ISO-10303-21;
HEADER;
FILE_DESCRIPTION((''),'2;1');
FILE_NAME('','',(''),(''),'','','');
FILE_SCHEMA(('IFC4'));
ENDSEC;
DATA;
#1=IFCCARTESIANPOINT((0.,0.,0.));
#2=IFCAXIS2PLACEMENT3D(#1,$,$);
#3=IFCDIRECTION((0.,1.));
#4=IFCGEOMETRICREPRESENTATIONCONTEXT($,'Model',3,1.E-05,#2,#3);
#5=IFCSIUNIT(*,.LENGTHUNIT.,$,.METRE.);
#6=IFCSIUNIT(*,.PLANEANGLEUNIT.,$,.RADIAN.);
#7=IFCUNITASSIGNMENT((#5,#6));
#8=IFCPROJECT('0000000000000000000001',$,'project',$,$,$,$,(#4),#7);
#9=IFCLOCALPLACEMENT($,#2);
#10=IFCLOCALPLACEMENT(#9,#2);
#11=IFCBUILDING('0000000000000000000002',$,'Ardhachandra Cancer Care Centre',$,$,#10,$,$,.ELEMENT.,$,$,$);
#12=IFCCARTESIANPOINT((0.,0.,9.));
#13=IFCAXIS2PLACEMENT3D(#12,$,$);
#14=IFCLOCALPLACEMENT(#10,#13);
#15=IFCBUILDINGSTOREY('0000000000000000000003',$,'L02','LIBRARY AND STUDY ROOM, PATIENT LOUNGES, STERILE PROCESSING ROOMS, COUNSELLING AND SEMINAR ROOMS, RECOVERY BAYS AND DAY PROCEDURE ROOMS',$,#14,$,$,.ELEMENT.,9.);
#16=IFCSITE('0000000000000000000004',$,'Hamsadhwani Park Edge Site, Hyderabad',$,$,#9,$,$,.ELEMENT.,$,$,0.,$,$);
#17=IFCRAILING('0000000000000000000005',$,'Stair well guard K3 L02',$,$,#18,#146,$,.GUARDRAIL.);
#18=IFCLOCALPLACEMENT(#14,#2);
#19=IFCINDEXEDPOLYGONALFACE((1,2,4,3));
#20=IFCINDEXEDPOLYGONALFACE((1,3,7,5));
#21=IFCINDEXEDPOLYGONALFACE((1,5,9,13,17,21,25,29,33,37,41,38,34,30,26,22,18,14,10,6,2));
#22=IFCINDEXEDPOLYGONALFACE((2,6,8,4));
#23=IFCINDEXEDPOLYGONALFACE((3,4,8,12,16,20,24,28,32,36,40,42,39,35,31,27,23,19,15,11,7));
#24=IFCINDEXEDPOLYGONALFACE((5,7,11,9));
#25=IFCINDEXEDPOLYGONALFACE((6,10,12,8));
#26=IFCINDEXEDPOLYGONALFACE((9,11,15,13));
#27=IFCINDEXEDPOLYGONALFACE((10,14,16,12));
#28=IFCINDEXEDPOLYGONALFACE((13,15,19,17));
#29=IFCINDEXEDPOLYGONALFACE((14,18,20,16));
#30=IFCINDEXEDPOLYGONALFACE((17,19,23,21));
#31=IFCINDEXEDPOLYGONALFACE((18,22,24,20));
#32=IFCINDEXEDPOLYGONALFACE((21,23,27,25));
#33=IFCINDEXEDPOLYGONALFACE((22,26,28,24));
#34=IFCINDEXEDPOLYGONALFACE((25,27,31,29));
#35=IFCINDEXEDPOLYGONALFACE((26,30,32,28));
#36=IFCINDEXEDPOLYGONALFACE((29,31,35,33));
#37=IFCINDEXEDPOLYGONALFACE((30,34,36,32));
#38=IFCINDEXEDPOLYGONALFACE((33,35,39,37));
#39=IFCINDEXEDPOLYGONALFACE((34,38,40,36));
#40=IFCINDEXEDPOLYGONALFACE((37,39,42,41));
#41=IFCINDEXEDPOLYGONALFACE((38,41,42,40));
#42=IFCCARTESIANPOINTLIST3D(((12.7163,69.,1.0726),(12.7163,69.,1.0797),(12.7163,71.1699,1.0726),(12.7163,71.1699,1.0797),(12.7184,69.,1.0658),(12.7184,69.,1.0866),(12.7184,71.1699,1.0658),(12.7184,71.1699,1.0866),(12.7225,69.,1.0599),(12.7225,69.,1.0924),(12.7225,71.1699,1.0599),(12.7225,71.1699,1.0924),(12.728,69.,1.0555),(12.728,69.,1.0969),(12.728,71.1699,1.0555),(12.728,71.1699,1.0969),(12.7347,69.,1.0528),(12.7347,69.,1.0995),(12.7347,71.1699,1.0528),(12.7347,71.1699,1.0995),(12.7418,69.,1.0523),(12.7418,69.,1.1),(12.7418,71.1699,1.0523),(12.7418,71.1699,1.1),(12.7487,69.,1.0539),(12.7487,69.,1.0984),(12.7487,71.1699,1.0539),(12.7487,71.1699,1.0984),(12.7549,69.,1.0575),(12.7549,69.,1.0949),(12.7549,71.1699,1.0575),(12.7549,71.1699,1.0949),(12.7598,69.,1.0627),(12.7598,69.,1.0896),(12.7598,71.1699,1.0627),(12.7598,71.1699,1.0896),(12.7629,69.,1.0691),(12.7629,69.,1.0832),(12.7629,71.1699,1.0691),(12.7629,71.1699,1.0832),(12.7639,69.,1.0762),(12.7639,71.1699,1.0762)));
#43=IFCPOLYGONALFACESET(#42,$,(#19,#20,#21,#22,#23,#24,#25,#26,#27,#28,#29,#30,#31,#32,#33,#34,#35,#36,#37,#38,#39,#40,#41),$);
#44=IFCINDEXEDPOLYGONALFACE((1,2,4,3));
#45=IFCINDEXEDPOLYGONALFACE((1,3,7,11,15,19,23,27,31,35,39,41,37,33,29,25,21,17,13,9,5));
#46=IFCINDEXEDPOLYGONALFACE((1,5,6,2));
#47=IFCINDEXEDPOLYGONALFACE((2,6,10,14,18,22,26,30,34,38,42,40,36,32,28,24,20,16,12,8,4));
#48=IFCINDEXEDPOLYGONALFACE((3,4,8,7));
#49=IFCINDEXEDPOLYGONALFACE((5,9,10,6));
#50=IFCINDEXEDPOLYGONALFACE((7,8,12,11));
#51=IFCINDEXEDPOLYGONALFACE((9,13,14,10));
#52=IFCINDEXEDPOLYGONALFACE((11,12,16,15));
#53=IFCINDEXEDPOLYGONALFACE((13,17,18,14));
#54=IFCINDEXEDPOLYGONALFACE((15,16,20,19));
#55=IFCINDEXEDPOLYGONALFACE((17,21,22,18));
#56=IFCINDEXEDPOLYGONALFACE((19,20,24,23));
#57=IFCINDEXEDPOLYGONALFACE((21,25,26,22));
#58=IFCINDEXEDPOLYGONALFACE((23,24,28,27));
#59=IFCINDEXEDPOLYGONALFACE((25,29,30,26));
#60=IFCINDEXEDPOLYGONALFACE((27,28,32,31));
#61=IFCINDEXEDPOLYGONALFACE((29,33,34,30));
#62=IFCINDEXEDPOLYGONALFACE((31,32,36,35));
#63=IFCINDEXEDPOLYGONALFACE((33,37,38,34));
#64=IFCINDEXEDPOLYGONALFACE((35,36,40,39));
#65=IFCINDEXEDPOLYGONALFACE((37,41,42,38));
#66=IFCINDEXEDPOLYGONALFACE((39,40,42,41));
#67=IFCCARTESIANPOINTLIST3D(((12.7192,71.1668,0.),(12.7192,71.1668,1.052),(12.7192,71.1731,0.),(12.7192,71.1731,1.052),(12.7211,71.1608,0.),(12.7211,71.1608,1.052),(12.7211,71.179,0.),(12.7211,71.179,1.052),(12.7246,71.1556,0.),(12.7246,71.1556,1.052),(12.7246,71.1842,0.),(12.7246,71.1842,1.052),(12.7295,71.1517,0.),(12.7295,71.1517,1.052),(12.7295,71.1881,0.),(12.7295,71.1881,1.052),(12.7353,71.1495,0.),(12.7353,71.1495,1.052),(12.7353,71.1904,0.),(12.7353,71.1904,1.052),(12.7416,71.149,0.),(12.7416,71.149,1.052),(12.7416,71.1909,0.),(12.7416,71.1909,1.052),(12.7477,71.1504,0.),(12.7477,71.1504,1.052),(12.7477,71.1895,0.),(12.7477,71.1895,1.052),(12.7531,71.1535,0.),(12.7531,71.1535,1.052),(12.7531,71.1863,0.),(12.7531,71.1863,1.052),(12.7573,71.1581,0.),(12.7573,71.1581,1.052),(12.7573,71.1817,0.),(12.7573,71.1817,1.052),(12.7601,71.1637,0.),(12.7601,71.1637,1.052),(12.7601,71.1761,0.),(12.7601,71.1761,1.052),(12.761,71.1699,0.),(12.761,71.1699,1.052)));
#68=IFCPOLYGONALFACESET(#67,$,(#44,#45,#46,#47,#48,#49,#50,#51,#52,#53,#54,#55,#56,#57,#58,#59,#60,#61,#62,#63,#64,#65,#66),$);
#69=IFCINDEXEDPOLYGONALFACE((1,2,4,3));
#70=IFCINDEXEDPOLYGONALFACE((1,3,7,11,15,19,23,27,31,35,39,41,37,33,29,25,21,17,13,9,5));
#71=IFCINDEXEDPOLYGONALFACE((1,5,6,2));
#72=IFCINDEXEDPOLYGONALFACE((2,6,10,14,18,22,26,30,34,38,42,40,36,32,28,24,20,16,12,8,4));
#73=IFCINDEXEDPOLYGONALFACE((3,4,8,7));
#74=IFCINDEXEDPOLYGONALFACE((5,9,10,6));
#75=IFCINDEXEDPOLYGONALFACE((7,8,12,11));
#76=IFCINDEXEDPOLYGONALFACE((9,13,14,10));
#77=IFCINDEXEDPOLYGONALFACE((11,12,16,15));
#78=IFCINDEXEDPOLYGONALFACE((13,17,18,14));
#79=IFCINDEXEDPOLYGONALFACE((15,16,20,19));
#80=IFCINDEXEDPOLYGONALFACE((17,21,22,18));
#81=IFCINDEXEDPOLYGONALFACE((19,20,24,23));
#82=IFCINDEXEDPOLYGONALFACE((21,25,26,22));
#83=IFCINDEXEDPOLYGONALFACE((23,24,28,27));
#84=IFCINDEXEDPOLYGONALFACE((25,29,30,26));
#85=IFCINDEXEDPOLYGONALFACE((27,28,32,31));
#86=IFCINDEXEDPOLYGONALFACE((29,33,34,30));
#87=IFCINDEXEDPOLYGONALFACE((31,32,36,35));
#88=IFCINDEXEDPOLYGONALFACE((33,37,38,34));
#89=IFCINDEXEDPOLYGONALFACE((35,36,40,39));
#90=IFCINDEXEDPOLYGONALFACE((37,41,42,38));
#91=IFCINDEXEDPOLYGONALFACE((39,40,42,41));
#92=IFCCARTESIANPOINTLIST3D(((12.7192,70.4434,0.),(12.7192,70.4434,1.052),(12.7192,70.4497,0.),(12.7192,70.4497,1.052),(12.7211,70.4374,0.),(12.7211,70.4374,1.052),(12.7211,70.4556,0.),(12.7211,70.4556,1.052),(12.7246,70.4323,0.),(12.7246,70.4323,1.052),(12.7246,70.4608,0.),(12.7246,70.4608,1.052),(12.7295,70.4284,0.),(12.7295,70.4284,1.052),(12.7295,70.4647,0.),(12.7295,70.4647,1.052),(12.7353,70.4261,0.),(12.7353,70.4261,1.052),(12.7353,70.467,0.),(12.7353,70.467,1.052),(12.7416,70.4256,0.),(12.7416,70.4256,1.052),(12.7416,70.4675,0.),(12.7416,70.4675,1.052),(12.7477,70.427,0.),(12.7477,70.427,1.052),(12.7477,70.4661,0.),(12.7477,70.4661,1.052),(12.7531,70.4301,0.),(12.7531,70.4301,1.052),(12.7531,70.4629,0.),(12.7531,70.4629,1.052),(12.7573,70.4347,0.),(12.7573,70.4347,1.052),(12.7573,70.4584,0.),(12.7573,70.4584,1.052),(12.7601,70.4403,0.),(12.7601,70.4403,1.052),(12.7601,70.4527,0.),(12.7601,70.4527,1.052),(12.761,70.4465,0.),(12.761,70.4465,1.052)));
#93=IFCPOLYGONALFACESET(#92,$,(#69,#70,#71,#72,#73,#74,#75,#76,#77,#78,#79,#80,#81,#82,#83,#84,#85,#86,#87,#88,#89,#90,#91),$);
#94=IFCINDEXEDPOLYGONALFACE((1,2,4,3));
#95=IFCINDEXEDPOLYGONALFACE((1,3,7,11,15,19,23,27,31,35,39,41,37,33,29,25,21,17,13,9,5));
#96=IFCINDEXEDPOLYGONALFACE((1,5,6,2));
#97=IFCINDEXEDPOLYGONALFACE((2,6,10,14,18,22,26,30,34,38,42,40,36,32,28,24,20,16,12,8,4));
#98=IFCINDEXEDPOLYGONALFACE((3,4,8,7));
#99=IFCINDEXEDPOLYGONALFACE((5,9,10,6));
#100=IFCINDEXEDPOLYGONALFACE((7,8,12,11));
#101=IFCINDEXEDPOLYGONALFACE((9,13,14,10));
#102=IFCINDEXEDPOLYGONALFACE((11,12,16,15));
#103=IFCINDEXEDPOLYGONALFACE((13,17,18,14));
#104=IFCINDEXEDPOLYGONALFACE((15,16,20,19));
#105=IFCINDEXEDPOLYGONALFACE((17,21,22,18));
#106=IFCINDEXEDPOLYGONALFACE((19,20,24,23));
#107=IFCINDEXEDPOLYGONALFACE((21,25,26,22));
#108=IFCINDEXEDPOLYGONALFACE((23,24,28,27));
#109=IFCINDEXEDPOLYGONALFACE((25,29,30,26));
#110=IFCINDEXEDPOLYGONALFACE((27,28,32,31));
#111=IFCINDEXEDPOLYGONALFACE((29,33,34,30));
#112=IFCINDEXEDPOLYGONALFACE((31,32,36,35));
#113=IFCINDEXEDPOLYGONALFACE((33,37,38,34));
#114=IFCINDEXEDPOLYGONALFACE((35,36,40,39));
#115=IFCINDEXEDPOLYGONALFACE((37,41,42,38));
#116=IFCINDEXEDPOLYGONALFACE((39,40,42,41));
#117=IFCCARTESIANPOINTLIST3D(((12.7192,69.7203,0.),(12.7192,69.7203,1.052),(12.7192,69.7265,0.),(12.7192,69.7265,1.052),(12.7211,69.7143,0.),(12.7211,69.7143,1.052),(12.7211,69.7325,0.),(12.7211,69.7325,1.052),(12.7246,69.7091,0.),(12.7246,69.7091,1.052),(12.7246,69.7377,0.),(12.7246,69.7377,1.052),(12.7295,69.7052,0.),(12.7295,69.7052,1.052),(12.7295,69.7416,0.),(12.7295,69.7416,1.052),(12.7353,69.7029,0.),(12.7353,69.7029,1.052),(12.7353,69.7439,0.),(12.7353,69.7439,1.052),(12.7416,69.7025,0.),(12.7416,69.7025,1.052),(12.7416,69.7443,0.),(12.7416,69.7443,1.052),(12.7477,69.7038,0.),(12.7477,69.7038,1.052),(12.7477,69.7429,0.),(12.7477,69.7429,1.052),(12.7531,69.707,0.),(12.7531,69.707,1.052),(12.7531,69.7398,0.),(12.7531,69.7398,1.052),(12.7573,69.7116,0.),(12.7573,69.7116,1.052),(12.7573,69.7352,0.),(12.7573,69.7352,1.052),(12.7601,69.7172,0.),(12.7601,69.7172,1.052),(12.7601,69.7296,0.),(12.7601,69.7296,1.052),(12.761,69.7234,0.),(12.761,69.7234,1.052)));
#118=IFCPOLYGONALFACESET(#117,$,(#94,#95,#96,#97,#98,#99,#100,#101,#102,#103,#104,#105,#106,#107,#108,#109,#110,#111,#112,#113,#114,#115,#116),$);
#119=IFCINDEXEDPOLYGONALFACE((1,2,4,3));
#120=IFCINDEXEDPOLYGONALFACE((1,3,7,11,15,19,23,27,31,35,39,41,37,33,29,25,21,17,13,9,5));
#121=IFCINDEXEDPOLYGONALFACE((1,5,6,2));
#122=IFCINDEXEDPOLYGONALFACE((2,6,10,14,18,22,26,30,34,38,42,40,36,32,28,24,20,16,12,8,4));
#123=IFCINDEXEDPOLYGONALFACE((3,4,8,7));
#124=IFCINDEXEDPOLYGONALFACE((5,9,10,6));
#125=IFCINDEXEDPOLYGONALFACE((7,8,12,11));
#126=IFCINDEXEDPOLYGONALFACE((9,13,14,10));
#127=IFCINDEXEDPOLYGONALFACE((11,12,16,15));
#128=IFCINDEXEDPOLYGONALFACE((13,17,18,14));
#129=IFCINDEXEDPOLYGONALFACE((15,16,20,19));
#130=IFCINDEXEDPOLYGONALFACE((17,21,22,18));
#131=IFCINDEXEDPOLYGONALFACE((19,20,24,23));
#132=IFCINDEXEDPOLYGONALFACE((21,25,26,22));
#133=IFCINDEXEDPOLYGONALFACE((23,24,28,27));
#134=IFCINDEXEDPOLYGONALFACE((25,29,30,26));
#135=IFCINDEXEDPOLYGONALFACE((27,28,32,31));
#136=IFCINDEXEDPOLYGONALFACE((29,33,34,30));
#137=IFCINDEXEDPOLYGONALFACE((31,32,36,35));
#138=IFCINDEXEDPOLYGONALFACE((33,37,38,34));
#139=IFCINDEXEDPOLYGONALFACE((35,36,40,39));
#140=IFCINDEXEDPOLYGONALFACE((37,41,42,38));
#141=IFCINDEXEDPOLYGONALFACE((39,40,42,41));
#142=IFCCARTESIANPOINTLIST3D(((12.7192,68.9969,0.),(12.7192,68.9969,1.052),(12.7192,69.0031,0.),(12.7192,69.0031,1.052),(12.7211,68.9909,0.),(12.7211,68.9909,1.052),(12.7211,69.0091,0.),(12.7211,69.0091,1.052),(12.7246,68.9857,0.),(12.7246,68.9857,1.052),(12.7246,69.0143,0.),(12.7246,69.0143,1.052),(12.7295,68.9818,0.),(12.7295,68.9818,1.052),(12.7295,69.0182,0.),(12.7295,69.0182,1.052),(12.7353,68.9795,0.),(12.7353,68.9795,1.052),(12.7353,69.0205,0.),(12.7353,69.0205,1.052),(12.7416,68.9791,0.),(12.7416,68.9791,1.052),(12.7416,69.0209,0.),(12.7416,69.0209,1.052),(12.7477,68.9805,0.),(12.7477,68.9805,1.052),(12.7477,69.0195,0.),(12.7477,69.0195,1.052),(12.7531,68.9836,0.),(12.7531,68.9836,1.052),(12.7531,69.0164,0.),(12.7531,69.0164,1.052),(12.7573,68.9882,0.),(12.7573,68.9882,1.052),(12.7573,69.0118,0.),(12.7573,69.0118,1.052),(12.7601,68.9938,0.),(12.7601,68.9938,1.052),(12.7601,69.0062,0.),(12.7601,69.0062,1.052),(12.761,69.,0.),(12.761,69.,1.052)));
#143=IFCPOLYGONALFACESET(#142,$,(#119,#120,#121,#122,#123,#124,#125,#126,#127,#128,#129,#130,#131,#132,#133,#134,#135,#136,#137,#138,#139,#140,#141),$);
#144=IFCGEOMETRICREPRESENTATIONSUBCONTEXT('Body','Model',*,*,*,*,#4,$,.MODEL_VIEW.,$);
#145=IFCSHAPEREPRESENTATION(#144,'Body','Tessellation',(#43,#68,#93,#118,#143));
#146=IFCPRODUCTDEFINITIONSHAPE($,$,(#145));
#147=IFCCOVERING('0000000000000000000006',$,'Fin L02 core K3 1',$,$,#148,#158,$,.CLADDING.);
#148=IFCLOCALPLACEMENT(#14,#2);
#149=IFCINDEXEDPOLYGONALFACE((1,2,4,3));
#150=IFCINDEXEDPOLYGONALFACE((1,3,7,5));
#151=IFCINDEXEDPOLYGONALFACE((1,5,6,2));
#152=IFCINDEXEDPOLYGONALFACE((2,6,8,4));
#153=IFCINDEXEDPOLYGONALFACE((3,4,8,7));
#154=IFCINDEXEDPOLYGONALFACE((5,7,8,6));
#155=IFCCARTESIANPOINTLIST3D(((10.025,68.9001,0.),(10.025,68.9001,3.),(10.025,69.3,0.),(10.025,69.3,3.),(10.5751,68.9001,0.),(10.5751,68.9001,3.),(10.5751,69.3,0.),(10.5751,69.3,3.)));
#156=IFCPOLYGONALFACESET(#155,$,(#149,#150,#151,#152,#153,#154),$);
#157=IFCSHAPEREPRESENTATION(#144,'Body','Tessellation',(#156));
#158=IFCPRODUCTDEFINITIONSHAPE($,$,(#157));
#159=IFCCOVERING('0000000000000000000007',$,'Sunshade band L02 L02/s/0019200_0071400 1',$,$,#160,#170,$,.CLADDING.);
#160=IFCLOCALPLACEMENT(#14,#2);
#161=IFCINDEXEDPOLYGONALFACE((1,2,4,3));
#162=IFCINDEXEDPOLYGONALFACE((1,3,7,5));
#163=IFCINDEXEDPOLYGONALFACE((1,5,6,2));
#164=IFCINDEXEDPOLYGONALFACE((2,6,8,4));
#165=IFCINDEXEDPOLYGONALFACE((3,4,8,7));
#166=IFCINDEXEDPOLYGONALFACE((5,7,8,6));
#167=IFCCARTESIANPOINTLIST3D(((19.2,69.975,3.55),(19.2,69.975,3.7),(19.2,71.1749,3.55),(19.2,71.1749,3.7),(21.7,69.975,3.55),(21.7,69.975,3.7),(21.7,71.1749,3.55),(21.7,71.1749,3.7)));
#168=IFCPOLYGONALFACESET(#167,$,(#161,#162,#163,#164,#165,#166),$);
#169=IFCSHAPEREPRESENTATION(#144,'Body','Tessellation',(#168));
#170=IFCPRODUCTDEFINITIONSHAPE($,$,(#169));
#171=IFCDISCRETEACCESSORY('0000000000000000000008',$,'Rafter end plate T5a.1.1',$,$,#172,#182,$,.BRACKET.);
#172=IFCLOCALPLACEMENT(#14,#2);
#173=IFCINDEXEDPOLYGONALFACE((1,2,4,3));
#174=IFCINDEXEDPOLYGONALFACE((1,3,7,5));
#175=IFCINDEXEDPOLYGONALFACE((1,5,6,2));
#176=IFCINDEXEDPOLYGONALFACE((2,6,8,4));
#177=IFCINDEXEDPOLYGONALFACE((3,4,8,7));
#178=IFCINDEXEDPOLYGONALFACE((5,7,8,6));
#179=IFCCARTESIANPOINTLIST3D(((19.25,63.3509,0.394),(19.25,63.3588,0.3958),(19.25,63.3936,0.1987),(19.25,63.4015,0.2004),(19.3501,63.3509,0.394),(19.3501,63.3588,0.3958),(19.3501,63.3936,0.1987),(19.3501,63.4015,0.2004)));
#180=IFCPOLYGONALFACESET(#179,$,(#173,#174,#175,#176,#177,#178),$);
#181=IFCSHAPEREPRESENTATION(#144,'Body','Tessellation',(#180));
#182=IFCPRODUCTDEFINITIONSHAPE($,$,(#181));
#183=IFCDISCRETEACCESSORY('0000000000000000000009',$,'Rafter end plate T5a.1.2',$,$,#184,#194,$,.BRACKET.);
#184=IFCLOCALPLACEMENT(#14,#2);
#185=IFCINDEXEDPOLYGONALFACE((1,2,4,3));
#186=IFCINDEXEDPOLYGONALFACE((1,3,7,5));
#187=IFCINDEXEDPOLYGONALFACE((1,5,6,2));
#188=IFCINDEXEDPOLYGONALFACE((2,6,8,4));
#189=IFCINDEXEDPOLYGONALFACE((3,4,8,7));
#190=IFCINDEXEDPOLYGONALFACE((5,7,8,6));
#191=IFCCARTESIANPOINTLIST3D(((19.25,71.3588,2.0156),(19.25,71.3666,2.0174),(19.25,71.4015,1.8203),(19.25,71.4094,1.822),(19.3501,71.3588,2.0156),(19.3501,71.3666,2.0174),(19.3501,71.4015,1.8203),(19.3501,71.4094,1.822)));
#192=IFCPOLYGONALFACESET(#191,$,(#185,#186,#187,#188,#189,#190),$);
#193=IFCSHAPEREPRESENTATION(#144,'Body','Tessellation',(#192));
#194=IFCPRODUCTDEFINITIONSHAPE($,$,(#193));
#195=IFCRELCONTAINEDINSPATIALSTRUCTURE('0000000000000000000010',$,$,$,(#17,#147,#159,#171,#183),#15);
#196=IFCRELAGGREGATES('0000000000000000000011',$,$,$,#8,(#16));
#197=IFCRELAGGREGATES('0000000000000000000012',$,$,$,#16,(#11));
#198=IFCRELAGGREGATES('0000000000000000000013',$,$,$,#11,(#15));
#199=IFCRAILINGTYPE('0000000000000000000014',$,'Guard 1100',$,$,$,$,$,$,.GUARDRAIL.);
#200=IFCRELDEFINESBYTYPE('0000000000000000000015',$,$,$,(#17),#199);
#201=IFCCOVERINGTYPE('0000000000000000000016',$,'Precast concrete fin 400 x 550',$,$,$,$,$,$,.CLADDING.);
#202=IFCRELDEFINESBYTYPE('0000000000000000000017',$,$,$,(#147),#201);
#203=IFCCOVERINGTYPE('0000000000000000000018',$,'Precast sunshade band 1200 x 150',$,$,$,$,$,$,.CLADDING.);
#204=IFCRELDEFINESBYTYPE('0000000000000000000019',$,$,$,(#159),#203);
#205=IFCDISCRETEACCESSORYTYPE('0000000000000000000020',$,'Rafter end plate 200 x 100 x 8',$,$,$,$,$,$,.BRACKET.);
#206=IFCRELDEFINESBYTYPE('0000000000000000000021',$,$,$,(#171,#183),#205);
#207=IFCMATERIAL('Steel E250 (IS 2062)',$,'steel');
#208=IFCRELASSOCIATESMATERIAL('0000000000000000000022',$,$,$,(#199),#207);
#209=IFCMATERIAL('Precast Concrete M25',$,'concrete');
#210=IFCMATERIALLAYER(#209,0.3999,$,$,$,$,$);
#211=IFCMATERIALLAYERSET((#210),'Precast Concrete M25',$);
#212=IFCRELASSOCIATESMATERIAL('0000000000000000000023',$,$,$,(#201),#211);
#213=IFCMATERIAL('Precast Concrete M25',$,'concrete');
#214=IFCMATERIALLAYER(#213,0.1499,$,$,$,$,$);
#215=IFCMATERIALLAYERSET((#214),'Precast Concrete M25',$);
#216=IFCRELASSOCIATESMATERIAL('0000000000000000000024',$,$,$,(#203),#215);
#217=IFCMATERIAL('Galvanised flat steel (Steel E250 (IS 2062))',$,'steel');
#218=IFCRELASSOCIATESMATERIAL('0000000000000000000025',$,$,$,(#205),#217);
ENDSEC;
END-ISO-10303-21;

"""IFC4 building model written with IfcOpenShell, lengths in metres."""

from ifc_helpers import new_model, si_unit, direction, frame, origin, origin_2d, place, context, subcontext, project, spatial, rectangle, circle, extrude, material, layer, layer_set, material_profile, profile_set, type_object, element, save


model = new_model("IFC4")

# Units and contexts
model_context = context("Model", 3, precision=1e-05, world=origin(), true_north=direction((0.0, 1.0)))
body_context = subcontext(model_context, "Body", "Model", "MODEL_VIEW")
ifc_project = project(units=[si_unit("LENGTHUNIT", "METRE"), si_unit("PLANEANGLEUNIT", "RADIAN")], contexts=[model_context])

# Site, building, storey
site_placement = place(None, origin())
site = spatial("IfcSite", under=ifc_project, at=site_placement, Name="Hamsadhwani Park Edge Site, Hyderabad", CompositionType="ELEMENT", RefElevation=0.0)
building_placement = place(site_placement, origin())
building = spatial("IfcBuilding", under=site, at=building_placement, Name="Ardhachandra Cancer Care Centre", CompositionType="ELEMENT")
storey_placement = place(building_placement, frame((0.0, 0.0, 9.0)))
storey = spatial("IfcBuildingStorey", under=building, at=storey_placement, Name="L02", Description="LIBRARY AND STUDY ROOM, PATIENT LOUNGES, STERILE PROCESSING ROOMS, COUNSELLING AND SEMINAR ROOMS, RECOVERY BAYS AND DAY PROCEDURE ROOMS", CompositionType="ELEMENT", Elevation=9.0)

# Railing
ifc_material_1 = material(Name="Steel E250 (IS 2062)", Category="steel")
railing_type = type_object("IfcRailingType", Name="Guard 1100", PredefinedType="GUARDRAIL", material=ifc_material_1)
railing_placement = place(storey_placement, frame((12.74, 71.1699, 0.0)))
element("IfcRailing", 1, at=railing_placement, inside=storey, type_object=railing_type, Name="Stair well guard K3 L02", PredefinedType="GUARDRAIL", context=body_context, shape_type="SweptSolid", body=[
    extrude(circle(Radius=0.0239, at=origin_2d()), frame((0.0, 0.0, 1.0762), z_axis=(0.0, -1.0, 0.0), x_axis=(1.0, 0.0, 0.0)), (0.0, 0.0, 1.0), 2.1699),
    extrude(circle(Radius=0.021, at=origin_2d()), origin(), (0.0, 0.0, 1.0), 1.052),
    extrude(circle(Radius=0.021, at=origin_2d()), frame((0.0, -0.7234, 0.0)), (0.0, 0.0, 1.0), 1.052),
    extrude(circle(Radius=0.021, at=origin_2d()), frame((0.0, -1.4465, 0.0)), (0.0, 0.0, 1.0), 1.052),
    extrude(circle(Radius=0.021, at=origin_2d()), frame((0.0, -2.1699, 0.0)), (0.0, 0.0, 1.0), 1.052),
])

# Coverings
ifc_material_2 = material(Name="Precast Concrete M25", Category="concrete")
ifc_layer_1 = layer(ifc_material_2, 0.3999)
ifc_layer_set_1 = layer_set([ifc_layer_1], Name="Precast Concrete M25")
covering_type_1 = type_object("IfcCoveringType", Name="Precast concrete fin 400 x 550", PredefinedType="CLADDING", material=ifc_layer_set_1)
covering_1_placement = place(storey_placement, frame((10.3, 69.1001, 0.0), z_axis=(0.0, 0.0, 1.0), x_axis=(0.0, 1.0, 0.0)))
element("IfcCovering", 2, at=covering_1_placement, inside=storey, type_object=covering_type_1, Name="Fin L02 core K3 1", PredefinedType="CLADDING", context=body_context, shape_type="SweptSolid", body=[
    extrude(rectangle(XDim=0.3999, YDim=0.55, at=origin_2d()), origin(), (0.0, 0.0, 1.0), 3.0),
])
ifc_material_3 = material(Name="Precast Concrete M25", Category="concrete")
ifc_layer_2 = layer(ifc_material_3, 0.1499)
ifc_layer_set_2 = layer_set([ifc_layer_2], Name="Precast Concrete M25")
covering_type_2 = type_object("IfcCoveringType", Name="Precast sunshade band 1200 x 150", PredefinedType="CLADDING", material=ifc_layer_set_2)
covering_2_placement = place(storey_placement, frame((20.45, 70.575, 3.55), z_axis=(0.0, 0.0, 1.0), x_axis=(1.0, 0.0, 0.0)))
element("IfcCovering", 3, at=covering_2_placement, inside=storey, type_object=covering_type_2, Name="Sunshade band L02 L02/s/0019200_0071400 1", PredefinedType="CLADDING", context=body_context, shape_type="SweptSolid", body=[
    extrude(rectangle(XDim=2.5, YDim=1.2, at=origin_2d()), origin(), (0.0, 0.0, 1.0), 0.1499),
])

# Discrete accessories
ifc_material_4 = material(Name="Galvanised flat steel (Steel E250 (IS 2062))", Category="steel")
ifc_material_profile_1 = material_profile(ifc_material_4, rectangle(XDim=0.1001, YDim=0.2, at=origin_2d()), Name="Rafter end plate 200 x 100 x 8")
ifc_profile_set_1 = profile_set([ifc_material_profile_1], Name="Galvanised flat steel (Steel E250 (IS 2062))")
discrete_accessory_type_1 = type_object("IfcDiscreteAccessoryType", Name="Rafter end plate 200 x 100 x 8", PredefinedType="BRACKET", material=ifc_profile_set_1)
for number, where, z_axis, x_axis, name in (
    (4, (19.3, 63.3801, 0.2981), (0.0, -0.9769, -0.213697), (1.0, 0.0, 0.0), "Rafter end plate T5a.1.1"),
    (5, (19.3, 71.3801, 1.918), (0.0, 0.9769, 0.213697), (-1.0, 0.0, 0.0), "Rafter end plate T5a.1.2"),
):
    element("IfcDiscreteAccessory", number, at=place(storey_placement, frame(where, z_axis=z_axis, x_axis=x_axis)), inside=storey, type_object=discrete_accessory_type_1, Name=name, PredefinedType="BRACKET", context=body_context, shape_type="SweptSolid", body=[
        extrude(rectangle(XDim=0.1001, YDim=0.2, at=origin_2d()), origin(), (0.0, 0.0, 1.0), 0.0081),
    ])

save(model, "model.ifc")
